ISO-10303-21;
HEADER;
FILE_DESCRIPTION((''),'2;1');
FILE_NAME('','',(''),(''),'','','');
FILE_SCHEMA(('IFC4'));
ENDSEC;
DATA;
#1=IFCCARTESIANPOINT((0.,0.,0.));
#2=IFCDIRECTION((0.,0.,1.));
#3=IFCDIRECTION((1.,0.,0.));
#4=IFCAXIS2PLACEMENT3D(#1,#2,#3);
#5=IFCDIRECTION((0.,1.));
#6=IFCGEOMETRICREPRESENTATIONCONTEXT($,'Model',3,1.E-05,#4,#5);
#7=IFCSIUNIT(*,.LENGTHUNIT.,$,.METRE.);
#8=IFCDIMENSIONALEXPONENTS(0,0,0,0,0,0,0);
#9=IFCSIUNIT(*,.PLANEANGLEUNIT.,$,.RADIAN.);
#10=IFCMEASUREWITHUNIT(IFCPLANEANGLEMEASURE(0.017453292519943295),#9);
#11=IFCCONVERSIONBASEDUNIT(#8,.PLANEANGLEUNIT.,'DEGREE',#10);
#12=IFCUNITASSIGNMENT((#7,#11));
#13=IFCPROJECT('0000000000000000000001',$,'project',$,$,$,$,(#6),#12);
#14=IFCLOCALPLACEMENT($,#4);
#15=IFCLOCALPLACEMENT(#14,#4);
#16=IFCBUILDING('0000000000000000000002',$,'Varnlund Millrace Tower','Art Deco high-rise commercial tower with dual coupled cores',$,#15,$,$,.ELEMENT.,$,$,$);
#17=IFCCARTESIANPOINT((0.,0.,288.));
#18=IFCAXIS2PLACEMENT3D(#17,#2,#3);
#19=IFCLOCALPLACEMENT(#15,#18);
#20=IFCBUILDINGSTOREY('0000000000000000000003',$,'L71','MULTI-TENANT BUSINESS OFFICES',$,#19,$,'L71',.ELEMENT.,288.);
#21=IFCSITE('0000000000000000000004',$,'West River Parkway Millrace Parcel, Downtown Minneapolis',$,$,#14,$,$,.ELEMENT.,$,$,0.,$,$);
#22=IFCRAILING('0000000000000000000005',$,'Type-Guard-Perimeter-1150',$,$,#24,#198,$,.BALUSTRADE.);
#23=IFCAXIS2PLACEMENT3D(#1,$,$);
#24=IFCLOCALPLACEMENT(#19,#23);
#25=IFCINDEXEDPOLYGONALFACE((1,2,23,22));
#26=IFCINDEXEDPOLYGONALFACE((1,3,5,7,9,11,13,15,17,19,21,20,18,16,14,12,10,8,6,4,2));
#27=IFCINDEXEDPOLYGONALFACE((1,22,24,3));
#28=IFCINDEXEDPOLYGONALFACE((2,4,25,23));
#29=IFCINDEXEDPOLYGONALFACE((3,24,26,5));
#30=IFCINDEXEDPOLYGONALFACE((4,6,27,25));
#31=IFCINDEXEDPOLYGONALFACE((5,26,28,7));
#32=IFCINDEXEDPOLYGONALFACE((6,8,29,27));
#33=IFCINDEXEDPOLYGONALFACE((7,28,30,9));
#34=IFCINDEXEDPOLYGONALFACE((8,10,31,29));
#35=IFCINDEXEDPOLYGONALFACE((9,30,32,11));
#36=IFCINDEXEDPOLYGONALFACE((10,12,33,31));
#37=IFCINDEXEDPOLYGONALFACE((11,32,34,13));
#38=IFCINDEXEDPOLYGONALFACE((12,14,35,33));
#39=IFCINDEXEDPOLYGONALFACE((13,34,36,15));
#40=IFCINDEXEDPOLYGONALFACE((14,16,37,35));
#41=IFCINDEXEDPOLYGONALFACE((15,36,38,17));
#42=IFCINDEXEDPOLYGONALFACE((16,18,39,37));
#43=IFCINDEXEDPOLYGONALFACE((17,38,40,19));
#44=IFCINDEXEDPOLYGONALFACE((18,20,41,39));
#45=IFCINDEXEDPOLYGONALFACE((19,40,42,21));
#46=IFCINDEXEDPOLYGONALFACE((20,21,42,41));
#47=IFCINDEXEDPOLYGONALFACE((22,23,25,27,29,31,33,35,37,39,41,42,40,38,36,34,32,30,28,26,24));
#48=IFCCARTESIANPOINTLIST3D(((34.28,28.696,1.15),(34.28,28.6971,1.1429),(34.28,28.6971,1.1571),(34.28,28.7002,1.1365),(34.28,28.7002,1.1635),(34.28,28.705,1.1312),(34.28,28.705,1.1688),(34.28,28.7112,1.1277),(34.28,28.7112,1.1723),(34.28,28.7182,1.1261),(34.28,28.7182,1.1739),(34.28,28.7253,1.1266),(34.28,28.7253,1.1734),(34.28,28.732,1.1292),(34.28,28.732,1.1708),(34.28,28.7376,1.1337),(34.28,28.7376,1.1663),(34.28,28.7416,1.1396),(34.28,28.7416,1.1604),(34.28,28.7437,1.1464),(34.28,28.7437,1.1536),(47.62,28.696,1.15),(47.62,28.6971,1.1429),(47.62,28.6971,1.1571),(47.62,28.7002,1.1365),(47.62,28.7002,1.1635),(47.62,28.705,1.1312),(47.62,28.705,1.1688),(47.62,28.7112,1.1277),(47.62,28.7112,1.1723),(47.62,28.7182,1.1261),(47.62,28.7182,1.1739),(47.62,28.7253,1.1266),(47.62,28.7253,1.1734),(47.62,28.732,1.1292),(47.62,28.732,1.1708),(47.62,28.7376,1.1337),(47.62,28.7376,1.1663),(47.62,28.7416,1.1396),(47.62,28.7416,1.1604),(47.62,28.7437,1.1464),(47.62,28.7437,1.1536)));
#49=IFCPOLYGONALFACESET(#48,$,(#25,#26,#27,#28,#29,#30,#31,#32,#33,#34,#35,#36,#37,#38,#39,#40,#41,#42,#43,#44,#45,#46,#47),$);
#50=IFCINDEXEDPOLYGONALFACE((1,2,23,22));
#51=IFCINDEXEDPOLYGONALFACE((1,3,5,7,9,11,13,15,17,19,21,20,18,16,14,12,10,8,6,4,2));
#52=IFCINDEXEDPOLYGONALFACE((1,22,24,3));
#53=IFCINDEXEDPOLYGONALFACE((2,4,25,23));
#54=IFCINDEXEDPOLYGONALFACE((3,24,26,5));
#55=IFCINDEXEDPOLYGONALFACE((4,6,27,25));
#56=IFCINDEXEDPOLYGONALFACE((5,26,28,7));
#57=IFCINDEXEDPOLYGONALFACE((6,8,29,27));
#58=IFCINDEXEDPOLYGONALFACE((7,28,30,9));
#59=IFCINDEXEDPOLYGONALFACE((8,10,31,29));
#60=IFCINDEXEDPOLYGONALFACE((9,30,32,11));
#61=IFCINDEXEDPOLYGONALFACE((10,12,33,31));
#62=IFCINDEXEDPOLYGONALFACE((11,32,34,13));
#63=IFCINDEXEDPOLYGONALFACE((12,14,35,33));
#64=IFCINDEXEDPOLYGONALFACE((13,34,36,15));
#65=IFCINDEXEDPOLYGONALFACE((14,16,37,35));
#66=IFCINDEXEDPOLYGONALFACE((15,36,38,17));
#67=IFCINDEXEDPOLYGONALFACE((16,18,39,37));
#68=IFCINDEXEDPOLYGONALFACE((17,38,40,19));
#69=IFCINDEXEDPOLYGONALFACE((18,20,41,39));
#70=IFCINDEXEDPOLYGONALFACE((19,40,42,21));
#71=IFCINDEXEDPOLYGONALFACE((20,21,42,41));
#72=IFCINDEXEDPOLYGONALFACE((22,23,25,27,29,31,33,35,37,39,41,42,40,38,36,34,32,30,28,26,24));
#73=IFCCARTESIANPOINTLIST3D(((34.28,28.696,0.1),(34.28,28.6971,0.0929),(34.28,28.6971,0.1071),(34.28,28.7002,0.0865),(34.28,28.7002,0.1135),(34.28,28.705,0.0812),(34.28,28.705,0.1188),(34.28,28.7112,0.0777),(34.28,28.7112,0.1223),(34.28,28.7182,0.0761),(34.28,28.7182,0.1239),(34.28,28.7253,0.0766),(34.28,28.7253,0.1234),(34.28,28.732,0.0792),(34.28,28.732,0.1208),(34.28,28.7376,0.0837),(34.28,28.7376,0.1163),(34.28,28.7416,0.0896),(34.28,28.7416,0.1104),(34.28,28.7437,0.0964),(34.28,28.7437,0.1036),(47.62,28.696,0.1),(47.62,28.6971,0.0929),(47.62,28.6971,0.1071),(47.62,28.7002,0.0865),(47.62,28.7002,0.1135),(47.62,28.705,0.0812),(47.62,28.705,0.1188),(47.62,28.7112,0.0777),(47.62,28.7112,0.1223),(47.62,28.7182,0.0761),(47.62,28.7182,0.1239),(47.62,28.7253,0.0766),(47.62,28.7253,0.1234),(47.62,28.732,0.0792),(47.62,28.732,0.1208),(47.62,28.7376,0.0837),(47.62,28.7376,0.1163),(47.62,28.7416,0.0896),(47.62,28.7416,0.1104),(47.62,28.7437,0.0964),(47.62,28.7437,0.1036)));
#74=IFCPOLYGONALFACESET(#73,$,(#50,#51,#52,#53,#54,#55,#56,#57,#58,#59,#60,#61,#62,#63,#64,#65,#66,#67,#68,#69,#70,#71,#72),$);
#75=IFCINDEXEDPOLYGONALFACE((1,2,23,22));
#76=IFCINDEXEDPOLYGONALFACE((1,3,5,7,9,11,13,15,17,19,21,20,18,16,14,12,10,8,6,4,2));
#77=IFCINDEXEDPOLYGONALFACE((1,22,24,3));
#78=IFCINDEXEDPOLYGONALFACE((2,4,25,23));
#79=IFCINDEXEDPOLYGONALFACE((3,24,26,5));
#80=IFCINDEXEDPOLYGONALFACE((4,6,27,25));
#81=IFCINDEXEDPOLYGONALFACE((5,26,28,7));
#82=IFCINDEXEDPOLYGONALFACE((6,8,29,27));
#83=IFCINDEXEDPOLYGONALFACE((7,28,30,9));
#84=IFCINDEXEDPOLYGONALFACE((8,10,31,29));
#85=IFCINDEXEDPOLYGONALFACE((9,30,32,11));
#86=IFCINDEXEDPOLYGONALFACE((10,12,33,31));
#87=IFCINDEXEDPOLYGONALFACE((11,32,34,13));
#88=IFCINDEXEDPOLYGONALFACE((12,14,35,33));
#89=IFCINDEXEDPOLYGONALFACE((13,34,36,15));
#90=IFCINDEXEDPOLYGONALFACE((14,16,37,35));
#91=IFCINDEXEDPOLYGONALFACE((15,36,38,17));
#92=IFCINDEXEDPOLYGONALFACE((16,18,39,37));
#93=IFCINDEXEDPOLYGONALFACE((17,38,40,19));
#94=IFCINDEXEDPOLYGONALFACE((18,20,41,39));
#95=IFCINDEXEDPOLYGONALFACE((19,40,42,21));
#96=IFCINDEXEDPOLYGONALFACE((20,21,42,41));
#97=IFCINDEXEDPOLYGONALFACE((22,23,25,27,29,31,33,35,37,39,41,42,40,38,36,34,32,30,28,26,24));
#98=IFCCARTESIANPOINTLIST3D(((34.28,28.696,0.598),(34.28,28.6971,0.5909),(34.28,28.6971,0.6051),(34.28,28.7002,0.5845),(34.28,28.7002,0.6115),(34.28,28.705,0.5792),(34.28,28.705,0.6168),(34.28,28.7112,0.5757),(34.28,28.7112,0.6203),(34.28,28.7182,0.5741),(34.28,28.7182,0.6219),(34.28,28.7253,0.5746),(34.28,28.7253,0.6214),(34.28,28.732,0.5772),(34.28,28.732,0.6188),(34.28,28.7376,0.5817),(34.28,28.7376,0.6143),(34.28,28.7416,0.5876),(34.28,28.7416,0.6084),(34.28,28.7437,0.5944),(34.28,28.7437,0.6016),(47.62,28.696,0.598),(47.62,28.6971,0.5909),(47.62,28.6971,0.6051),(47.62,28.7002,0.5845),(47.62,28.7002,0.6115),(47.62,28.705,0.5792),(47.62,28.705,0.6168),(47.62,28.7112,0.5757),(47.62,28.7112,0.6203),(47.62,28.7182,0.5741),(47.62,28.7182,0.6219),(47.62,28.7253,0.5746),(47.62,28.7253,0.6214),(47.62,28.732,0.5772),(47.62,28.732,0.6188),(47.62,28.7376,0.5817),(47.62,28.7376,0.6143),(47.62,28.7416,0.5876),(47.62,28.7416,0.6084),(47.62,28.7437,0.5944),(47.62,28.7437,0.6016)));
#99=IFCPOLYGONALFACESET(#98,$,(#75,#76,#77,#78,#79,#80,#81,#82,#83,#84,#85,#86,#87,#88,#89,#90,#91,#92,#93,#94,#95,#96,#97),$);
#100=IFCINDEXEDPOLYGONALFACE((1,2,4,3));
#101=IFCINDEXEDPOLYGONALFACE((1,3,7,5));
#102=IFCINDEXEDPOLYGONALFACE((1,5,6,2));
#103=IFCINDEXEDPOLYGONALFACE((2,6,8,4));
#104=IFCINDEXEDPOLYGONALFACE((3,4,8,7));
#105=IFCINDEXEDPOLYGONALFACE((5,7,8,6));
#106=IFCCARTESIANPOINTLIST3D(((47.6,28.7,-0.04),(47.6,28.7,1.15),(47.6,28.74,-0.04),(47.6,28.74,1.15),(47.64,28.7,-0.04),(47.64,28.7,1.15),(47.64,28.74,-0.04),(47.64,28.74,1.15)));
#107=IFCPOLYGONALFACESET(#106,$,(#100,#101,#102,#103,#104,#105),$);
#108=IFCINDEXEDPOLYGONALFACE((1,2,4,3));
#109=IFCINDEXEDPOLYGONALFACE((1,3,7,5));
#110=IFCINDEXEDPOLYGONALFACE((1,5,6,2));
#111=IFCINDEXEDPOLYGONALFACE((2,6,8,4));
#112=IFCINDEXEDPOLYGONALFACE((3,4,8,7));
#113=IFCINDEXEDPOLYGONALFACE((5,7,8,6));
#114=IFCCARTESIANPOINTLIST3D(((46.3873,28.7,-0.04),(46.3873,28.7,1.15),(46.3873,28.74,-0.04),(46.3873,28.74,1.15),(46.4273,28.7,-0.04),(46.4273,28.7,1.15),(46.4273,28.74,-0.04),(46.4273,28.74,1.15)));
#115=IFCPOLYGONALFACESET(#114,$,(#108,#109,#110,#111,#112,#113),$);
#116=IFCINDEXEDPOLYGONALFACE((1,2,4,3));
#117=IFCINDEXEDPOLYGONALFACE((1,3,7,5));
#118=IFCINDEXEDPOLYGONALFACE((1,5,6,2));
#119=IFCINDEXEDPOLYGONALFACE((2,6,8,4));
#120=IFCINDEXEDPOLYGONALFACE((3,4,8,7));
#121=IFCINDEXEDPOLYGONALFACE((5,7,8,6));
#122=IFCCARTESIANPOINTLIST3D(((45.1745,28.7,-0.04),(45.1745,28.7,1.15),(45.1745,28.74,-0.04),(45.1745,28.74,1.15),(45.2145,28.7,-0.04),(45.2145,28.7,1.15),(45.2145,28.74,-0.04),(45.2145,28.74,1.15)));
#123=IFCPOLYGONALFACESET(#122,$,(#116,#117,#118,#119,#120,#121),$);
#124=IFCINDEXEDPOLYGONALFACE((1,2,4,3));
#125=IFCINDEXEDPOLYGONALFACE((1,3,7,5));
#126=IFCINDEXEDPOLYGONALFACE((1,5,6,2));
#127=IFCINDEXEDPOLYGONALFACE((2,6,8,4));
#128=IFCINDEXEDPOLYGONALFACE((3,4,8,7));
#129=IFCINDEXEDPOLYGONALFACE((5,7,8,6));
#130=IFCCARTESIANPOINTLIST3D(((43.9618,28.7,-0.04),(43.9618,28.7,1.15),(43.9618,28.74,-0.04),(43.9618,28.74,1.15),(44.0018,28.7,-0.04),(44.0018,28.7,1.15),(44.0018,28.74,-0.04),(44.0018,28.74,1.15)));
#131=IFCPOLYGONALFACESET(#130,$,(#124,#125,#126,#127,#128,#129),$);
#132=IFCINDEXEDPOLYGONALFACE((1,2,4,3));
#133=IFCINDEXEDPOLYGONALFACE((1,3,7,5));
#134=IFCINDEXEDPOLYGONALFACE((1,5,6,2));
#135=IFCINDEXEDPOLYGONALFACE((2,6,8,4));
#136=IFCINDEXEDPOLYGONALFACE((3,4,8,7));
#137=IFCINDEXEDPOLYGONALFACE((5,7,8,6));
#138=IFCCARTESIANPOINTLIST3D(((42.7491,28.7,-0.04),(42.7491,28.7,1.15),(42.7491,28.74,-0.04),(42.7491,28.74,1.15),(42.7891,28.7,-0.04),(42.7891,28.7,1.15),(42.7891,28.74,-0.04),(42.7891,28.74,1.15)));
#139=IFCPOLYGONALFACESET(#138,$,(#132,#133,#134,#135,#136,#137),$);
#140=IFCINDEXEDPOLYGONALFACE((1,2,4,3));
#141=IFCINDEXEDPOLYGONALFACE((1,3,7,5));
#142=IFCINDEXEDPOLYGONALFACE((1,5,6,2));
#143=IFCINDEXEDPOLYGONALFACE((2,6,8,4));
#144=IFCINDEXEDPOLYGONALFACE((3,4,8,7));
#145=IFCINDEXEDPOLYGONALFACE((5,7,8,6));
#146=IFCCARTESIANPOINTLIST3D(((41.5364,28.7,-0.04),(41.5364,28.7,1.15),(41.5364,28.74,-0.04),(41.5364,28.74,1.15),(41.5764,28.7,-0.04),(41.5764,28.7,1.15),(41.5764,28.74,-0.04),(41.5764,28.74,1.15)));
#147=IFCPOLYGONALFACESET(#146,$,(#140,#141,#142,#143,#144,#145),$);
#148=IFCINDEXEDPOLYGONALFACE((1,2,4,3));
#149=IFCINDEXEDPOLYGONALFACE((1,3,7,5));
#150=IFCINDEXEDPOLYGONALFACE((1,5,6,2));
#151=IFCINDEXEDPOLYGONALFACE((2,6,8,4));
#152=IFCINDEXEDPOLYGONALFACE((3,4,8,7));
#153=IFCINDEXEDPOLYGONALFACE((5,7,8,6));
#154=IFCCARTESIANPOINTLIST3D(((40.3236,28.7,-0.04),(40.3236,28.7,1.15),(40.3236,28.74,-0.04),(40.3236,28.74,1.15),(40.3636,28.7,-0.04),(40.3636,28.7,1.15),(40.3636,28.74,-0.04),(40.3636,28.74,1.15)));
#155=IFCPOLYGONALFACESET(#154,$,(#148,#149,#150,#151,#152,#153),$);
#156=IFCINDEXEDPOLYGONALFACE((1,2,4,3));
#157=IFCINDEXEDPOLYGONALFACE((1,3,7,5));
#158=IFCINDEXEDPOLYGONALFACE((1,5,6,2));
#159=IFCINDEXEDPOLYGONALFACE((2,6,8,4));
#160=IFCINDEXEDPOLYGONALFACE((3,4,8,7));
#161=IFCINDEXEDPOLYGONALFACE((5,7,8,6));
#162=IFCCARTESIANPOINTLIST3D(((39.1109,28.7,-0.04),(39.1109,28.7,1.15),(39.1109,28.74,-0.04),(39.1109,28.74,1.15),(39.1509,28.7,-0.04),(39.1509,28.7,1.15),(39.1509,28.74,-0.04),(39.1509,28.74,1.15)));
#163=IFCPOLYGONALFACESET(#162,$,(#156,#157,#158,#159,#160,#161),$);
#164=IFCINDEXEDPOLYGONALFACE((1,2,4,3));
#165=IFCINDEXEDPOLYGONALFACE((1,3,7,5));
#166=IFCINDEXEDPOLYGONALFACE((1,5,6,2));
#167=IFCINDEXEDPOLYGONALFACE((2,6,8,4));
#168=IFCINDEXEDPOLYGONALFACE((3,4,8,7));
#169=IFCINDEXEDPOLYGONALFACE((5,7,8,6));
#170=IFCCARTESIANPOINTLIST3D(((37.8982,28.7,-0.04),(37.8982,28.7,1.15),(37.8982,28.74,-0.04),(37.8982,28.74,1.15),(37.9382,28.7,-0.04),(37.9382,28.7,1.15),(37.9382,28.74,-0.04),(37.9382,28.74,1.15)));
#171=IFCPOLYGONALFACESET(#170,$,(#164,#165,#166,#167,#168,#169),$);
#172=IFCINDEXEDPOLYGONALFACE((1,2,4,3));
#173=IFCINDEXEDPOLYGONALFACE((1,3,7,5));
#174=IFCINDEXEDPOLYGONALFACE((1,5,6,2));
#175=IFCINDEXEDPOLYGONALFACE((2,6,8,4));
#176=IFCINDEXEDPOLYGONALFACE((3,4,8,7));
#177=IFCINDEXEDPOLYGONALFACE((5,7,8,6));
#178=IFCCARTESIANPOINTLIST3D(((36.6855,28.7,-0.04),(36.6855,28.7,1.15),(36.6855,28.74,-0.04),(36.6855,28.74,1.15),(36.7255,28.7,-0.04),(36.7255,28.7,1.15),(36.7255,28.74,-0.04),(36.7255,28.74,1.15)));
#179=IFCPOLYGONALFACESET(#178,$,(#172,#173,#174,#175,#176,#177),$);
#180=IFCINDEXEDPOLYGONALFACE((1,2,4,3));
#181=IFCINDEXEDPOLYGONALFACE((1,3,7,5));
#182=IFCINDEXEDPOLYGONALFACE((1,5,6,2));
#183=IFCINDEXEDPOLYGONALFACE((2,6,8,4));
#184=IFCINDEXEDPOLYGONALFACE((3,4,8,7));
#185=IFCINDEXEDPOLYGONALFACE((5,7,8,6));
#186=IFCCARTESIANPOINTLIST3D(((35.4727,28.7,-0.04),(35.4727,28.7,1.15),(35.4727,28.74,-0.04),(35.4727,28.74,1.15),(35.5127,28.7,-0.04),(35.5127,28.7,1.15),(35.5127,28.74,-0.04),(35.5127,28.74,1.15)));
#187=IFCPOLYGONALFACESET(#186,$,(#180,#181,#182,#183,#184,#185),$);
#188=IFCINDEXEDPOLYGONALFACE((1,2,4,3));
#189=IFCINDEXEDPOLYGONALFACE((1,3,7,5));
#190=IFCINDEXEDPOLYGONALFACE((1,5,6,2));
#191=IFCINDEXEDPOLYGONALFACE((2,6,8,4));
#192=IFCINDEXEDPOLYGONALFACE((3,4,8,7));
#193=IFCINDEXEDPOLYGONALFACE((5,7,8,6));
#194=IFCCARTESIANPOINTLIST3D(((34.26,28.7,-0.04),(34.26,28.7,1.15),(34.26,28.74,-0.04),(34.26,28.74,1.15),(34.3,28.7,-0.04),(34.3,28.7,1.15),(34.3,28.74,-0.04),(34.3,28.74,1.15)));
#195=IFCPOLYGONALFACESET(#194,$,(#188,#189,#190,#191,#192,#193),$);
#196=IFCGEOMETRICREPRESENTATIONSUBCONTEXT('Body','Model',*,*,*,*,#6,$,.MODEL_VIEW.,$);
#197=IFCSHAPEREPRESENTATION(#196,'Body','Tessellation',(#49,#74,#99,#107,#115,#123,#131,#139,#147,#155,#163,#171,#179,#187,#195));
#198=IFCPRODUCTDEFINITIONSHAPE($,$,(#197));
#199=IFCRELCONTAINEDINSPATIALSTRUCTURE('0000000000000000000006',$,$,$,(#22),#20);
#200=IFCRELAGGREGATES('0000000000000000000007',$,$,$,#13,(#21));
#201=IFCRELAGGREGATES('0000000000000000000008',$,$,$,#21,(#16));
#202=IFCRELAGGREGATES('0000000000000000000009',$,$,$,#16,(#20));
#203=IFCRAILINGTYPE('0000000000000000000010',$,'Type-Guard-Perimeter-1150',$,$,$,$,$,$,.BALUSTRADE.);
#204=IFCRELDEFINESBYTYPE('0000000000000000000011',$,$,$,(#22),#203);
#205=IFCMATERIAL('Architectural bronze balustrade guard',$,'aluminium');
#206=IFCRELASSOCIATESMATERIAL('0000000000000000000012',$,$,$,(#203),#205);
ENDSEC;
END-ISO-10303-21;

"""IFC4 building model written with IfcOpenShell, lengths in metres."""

from ifc_helpers import new_model, entity, si_unit, converted_unit, direction, frame, origin_with_axes, origin_2d_with_axis, place, context, subcontext, project, spatial, rectangle, circle, extrude, material, type_object, element, save


model = new_model("IFC4")

# Units and contexts
model_context = context("Model", 3, precision=1e-05, world=origin_with_axes(), true_north=direction((0.0, 1.0)))
body_context = subcontext(model_context, "Body", "Model", "MODEL_VIEW")
ifc_project = project(units=[si_unit("LENGTHUNIT", "METRE"), converted_unit("PLANEANGLEUNIT", "DEGREE", entity("IfcPlaneAngleMeasure", 0.017453292519943295), si_unit("PLANEANGLEUNIT", "RADIAN"), dimensions=[0, 0, 0, 0, 0, 0, 0])], contexts=[model_context])

# Site, building, storey
site_placement = place(None, origin_with_axes())
site = spatial("IfcSite", under=ifc_project, at=site_placement, Name="West River Parkway Millrace Parcel, Downtown Minneapolis", CompositionType="ELEMENT", RefElevation=0.0)
building_placement = place(site_placement, origin_with_axes())
building = spatial("IfcBuilding", under=site, at=building_placement, Name="Varnlund Millrace Tower", Description="Art Deco high-rise commercial tower with dual coupled cores", CompositionType="ELEMENT")
storey_placement = place(building_placement, frame((0.0, 0.0, 288.0), z_axis=(0.0, 0.0, 1.0), x_axis=(1.0, 0.0, 0.0)))
storey = spatial("IfcBuildingStorey", under=building, at=storey_placement, Name="L71", Description="MULTI-TENANT BUSINESS OFFICES", LongName="L71", CompositionType="ELEMENT", Elevation=288.0)

# Railing
ifc_material_1 = material(Name="Architectural bronze balustrade guard", Category="aluminium")
railing_type_1 = type_object("IfcRailingType", Name="Type-Guard-Perimeter-1150", PredefinedType="BALUSTRADE", material=ifc_material_1)
railing_1_placement = place(storey_placement, frame((0.0, 0.0, -288.0), z_axis=(0.0, 0.0, 1.0), x_axis=(1.0, 0.0, 0.0)))
element("IfcRailing", 1, at=railing_1_placement, inside=storey, type_object=railing_type_1, Name="Type-Guard-Perimeter-1150", PredefinedType="BALUSTRADE", context=body_context, shape_type="SweptSolid", body=[
    extrude(circle(Radius=0.024, at=origin_2d_with_axis()), frame((47.62, 28.72, 289.15), z_axis=(-1.0, 0.0, 0.0), x_axis=(0.0, -1.0, 0.0)), (0.0, 0.0, 1.0), 13.34),
    extrude(circle(Radius=0.024, at=origin_2d_with_axis()), frame((47.62, 28.72, 288.1), z_axis=(-1.0, 0.0, 0.0), x_axis=(0.0, -1.0, 0.0)), (0.0, 0.0, 1.0), 13.34),
    extrude(circle(Radius=0.024, at=origin_2d_with_axis()), frame((47.62, 28.72, 288.598), z_axis=(-1.0, 0.0, 0.0), x_axis=(0.0, -1.0, 0.0)), (0.0, 0.0, 1.0), 13.34),
    extrude(rectangle(XDim=0.04, YDim=0.04, at=origin_2d_with_axis()), frame((47.62, 28.72, 287.96), z_axis=(0.0, 0.0, 1.0), x_axis=(1.0, 0.0, 0.0)), (0.0, 0.0, 1.0), 1.19),
    extrude(rectangle(XDim=0.04, YDim=0.04, at=origin_2d_with_axis()), frame((46.4073, 28.72, 287.96), z_axis=(0.0, 0.0, 1.0), x_axis=(1.0, 0.0, 0.0)), (0.0, 0.0, 1.0), 1.19),
    extrude(rectangle(XDim=0.04, YDim=0.04, at=origin_2d_with_axis()), frame((45.1945, 28.72, 287.96), z_axis=(0.0, 0.0, 1.0), x_axis=(1.0, 0.0, 0.0)), (0.0, 0.0, 1.0), 1.19),
    extrude(rectangle(XDim=0.04, YDim=0.04, at=origin_2d_with_axis()), frame((43.9818, 28.72, 287.96), z_axis=(0.0, 0.0, 1.0), x_axis=(1.0, 0.0, 0.0)), (0.0, 0.0, 1.0), 1.19),
    extrude(rectangle(XDim=0.04, YDim=0.04, at=origin_2d_with_axis()), frame((42.7691, 28.72, 287.96), z_axis=(0.0, 0.0, 1.0), x_axis=(1.0, 0.0, 0.0)), (0.0, 0.0, 1.0), 1.19),
    extrude(rectangle(XDim=0.04, YDim=0.04, at=origin_2d_with_axis()), frame((41.5564, 28.72, 287.96), z_axis=(0.0, 0.0, 1.0), x_axis=(1.0, 0.0, 0.0)), (0.0, 0.0, 1.0), 1.19),
    extrude(rectangle(XDim=0.04, YDim=0.04, at=origin_2d_with_axis()), frame((40.3436, 28.72, 287.96), z_axis=(0.0, 0.0, 1.0), x_axis=(1.0, 0.0, 0.0)), (0.0, 0.0, 1.0), 1.19),
    extrude(rectangle(XDim=0.04, YDim=0.04, at=origin_2d_with_axis()), frame((39.1309, 28.72, 287.96), z_axis=(0.0, 0.0, 1.0), x_axis=(1.0, 0.0, 0.0)), (0.0, 0.0, 1.0), 1.19),
    extrude(rectangle(XDim=0.04, YDim=0.04, at=origin_2d_with_axis()), frame((37.9182, 28.72, 287.96), z_axis=(0.0, 0.0, 1.0), x_axis=(1.0, 0.0, 0.0)), (0.0, 0.0, 1.0), 1.19),
    extrude(rectangle(XDim=0.04, YDim=0.04, at=origin_2d_with_axis()), frame((36.7055, 28.72, 287.96), z_axis=(0.0, 0.0, 1.0), x_axis=(1.0, 0.0, 0.0)), (0.0, 0.0, 1.0), 1.19),
    extrude(rectangle(XDim=0.04, YDim=0.04, at=origin_2d_with_axis()), frame((35.4927, 28.72, 287.96), z_axis=(0.0, 0.0, 1.0), x_axis=(1.0, 0.0, 0.0)), (0.0, 0.0, 1.0), 1.19),
    extrude(rectangle(XDim=0.04, YDim=0.04, at=origin_2d_with_axis()), frame((34.28, 28.72, 287.96), z_axis=(0.0, 0.0, 1.0), x_axis=(1.0, 0.0, 0.0)), (0.0, 0.0, 1.0), 1.19),
])

save(model, "model.ifc")
